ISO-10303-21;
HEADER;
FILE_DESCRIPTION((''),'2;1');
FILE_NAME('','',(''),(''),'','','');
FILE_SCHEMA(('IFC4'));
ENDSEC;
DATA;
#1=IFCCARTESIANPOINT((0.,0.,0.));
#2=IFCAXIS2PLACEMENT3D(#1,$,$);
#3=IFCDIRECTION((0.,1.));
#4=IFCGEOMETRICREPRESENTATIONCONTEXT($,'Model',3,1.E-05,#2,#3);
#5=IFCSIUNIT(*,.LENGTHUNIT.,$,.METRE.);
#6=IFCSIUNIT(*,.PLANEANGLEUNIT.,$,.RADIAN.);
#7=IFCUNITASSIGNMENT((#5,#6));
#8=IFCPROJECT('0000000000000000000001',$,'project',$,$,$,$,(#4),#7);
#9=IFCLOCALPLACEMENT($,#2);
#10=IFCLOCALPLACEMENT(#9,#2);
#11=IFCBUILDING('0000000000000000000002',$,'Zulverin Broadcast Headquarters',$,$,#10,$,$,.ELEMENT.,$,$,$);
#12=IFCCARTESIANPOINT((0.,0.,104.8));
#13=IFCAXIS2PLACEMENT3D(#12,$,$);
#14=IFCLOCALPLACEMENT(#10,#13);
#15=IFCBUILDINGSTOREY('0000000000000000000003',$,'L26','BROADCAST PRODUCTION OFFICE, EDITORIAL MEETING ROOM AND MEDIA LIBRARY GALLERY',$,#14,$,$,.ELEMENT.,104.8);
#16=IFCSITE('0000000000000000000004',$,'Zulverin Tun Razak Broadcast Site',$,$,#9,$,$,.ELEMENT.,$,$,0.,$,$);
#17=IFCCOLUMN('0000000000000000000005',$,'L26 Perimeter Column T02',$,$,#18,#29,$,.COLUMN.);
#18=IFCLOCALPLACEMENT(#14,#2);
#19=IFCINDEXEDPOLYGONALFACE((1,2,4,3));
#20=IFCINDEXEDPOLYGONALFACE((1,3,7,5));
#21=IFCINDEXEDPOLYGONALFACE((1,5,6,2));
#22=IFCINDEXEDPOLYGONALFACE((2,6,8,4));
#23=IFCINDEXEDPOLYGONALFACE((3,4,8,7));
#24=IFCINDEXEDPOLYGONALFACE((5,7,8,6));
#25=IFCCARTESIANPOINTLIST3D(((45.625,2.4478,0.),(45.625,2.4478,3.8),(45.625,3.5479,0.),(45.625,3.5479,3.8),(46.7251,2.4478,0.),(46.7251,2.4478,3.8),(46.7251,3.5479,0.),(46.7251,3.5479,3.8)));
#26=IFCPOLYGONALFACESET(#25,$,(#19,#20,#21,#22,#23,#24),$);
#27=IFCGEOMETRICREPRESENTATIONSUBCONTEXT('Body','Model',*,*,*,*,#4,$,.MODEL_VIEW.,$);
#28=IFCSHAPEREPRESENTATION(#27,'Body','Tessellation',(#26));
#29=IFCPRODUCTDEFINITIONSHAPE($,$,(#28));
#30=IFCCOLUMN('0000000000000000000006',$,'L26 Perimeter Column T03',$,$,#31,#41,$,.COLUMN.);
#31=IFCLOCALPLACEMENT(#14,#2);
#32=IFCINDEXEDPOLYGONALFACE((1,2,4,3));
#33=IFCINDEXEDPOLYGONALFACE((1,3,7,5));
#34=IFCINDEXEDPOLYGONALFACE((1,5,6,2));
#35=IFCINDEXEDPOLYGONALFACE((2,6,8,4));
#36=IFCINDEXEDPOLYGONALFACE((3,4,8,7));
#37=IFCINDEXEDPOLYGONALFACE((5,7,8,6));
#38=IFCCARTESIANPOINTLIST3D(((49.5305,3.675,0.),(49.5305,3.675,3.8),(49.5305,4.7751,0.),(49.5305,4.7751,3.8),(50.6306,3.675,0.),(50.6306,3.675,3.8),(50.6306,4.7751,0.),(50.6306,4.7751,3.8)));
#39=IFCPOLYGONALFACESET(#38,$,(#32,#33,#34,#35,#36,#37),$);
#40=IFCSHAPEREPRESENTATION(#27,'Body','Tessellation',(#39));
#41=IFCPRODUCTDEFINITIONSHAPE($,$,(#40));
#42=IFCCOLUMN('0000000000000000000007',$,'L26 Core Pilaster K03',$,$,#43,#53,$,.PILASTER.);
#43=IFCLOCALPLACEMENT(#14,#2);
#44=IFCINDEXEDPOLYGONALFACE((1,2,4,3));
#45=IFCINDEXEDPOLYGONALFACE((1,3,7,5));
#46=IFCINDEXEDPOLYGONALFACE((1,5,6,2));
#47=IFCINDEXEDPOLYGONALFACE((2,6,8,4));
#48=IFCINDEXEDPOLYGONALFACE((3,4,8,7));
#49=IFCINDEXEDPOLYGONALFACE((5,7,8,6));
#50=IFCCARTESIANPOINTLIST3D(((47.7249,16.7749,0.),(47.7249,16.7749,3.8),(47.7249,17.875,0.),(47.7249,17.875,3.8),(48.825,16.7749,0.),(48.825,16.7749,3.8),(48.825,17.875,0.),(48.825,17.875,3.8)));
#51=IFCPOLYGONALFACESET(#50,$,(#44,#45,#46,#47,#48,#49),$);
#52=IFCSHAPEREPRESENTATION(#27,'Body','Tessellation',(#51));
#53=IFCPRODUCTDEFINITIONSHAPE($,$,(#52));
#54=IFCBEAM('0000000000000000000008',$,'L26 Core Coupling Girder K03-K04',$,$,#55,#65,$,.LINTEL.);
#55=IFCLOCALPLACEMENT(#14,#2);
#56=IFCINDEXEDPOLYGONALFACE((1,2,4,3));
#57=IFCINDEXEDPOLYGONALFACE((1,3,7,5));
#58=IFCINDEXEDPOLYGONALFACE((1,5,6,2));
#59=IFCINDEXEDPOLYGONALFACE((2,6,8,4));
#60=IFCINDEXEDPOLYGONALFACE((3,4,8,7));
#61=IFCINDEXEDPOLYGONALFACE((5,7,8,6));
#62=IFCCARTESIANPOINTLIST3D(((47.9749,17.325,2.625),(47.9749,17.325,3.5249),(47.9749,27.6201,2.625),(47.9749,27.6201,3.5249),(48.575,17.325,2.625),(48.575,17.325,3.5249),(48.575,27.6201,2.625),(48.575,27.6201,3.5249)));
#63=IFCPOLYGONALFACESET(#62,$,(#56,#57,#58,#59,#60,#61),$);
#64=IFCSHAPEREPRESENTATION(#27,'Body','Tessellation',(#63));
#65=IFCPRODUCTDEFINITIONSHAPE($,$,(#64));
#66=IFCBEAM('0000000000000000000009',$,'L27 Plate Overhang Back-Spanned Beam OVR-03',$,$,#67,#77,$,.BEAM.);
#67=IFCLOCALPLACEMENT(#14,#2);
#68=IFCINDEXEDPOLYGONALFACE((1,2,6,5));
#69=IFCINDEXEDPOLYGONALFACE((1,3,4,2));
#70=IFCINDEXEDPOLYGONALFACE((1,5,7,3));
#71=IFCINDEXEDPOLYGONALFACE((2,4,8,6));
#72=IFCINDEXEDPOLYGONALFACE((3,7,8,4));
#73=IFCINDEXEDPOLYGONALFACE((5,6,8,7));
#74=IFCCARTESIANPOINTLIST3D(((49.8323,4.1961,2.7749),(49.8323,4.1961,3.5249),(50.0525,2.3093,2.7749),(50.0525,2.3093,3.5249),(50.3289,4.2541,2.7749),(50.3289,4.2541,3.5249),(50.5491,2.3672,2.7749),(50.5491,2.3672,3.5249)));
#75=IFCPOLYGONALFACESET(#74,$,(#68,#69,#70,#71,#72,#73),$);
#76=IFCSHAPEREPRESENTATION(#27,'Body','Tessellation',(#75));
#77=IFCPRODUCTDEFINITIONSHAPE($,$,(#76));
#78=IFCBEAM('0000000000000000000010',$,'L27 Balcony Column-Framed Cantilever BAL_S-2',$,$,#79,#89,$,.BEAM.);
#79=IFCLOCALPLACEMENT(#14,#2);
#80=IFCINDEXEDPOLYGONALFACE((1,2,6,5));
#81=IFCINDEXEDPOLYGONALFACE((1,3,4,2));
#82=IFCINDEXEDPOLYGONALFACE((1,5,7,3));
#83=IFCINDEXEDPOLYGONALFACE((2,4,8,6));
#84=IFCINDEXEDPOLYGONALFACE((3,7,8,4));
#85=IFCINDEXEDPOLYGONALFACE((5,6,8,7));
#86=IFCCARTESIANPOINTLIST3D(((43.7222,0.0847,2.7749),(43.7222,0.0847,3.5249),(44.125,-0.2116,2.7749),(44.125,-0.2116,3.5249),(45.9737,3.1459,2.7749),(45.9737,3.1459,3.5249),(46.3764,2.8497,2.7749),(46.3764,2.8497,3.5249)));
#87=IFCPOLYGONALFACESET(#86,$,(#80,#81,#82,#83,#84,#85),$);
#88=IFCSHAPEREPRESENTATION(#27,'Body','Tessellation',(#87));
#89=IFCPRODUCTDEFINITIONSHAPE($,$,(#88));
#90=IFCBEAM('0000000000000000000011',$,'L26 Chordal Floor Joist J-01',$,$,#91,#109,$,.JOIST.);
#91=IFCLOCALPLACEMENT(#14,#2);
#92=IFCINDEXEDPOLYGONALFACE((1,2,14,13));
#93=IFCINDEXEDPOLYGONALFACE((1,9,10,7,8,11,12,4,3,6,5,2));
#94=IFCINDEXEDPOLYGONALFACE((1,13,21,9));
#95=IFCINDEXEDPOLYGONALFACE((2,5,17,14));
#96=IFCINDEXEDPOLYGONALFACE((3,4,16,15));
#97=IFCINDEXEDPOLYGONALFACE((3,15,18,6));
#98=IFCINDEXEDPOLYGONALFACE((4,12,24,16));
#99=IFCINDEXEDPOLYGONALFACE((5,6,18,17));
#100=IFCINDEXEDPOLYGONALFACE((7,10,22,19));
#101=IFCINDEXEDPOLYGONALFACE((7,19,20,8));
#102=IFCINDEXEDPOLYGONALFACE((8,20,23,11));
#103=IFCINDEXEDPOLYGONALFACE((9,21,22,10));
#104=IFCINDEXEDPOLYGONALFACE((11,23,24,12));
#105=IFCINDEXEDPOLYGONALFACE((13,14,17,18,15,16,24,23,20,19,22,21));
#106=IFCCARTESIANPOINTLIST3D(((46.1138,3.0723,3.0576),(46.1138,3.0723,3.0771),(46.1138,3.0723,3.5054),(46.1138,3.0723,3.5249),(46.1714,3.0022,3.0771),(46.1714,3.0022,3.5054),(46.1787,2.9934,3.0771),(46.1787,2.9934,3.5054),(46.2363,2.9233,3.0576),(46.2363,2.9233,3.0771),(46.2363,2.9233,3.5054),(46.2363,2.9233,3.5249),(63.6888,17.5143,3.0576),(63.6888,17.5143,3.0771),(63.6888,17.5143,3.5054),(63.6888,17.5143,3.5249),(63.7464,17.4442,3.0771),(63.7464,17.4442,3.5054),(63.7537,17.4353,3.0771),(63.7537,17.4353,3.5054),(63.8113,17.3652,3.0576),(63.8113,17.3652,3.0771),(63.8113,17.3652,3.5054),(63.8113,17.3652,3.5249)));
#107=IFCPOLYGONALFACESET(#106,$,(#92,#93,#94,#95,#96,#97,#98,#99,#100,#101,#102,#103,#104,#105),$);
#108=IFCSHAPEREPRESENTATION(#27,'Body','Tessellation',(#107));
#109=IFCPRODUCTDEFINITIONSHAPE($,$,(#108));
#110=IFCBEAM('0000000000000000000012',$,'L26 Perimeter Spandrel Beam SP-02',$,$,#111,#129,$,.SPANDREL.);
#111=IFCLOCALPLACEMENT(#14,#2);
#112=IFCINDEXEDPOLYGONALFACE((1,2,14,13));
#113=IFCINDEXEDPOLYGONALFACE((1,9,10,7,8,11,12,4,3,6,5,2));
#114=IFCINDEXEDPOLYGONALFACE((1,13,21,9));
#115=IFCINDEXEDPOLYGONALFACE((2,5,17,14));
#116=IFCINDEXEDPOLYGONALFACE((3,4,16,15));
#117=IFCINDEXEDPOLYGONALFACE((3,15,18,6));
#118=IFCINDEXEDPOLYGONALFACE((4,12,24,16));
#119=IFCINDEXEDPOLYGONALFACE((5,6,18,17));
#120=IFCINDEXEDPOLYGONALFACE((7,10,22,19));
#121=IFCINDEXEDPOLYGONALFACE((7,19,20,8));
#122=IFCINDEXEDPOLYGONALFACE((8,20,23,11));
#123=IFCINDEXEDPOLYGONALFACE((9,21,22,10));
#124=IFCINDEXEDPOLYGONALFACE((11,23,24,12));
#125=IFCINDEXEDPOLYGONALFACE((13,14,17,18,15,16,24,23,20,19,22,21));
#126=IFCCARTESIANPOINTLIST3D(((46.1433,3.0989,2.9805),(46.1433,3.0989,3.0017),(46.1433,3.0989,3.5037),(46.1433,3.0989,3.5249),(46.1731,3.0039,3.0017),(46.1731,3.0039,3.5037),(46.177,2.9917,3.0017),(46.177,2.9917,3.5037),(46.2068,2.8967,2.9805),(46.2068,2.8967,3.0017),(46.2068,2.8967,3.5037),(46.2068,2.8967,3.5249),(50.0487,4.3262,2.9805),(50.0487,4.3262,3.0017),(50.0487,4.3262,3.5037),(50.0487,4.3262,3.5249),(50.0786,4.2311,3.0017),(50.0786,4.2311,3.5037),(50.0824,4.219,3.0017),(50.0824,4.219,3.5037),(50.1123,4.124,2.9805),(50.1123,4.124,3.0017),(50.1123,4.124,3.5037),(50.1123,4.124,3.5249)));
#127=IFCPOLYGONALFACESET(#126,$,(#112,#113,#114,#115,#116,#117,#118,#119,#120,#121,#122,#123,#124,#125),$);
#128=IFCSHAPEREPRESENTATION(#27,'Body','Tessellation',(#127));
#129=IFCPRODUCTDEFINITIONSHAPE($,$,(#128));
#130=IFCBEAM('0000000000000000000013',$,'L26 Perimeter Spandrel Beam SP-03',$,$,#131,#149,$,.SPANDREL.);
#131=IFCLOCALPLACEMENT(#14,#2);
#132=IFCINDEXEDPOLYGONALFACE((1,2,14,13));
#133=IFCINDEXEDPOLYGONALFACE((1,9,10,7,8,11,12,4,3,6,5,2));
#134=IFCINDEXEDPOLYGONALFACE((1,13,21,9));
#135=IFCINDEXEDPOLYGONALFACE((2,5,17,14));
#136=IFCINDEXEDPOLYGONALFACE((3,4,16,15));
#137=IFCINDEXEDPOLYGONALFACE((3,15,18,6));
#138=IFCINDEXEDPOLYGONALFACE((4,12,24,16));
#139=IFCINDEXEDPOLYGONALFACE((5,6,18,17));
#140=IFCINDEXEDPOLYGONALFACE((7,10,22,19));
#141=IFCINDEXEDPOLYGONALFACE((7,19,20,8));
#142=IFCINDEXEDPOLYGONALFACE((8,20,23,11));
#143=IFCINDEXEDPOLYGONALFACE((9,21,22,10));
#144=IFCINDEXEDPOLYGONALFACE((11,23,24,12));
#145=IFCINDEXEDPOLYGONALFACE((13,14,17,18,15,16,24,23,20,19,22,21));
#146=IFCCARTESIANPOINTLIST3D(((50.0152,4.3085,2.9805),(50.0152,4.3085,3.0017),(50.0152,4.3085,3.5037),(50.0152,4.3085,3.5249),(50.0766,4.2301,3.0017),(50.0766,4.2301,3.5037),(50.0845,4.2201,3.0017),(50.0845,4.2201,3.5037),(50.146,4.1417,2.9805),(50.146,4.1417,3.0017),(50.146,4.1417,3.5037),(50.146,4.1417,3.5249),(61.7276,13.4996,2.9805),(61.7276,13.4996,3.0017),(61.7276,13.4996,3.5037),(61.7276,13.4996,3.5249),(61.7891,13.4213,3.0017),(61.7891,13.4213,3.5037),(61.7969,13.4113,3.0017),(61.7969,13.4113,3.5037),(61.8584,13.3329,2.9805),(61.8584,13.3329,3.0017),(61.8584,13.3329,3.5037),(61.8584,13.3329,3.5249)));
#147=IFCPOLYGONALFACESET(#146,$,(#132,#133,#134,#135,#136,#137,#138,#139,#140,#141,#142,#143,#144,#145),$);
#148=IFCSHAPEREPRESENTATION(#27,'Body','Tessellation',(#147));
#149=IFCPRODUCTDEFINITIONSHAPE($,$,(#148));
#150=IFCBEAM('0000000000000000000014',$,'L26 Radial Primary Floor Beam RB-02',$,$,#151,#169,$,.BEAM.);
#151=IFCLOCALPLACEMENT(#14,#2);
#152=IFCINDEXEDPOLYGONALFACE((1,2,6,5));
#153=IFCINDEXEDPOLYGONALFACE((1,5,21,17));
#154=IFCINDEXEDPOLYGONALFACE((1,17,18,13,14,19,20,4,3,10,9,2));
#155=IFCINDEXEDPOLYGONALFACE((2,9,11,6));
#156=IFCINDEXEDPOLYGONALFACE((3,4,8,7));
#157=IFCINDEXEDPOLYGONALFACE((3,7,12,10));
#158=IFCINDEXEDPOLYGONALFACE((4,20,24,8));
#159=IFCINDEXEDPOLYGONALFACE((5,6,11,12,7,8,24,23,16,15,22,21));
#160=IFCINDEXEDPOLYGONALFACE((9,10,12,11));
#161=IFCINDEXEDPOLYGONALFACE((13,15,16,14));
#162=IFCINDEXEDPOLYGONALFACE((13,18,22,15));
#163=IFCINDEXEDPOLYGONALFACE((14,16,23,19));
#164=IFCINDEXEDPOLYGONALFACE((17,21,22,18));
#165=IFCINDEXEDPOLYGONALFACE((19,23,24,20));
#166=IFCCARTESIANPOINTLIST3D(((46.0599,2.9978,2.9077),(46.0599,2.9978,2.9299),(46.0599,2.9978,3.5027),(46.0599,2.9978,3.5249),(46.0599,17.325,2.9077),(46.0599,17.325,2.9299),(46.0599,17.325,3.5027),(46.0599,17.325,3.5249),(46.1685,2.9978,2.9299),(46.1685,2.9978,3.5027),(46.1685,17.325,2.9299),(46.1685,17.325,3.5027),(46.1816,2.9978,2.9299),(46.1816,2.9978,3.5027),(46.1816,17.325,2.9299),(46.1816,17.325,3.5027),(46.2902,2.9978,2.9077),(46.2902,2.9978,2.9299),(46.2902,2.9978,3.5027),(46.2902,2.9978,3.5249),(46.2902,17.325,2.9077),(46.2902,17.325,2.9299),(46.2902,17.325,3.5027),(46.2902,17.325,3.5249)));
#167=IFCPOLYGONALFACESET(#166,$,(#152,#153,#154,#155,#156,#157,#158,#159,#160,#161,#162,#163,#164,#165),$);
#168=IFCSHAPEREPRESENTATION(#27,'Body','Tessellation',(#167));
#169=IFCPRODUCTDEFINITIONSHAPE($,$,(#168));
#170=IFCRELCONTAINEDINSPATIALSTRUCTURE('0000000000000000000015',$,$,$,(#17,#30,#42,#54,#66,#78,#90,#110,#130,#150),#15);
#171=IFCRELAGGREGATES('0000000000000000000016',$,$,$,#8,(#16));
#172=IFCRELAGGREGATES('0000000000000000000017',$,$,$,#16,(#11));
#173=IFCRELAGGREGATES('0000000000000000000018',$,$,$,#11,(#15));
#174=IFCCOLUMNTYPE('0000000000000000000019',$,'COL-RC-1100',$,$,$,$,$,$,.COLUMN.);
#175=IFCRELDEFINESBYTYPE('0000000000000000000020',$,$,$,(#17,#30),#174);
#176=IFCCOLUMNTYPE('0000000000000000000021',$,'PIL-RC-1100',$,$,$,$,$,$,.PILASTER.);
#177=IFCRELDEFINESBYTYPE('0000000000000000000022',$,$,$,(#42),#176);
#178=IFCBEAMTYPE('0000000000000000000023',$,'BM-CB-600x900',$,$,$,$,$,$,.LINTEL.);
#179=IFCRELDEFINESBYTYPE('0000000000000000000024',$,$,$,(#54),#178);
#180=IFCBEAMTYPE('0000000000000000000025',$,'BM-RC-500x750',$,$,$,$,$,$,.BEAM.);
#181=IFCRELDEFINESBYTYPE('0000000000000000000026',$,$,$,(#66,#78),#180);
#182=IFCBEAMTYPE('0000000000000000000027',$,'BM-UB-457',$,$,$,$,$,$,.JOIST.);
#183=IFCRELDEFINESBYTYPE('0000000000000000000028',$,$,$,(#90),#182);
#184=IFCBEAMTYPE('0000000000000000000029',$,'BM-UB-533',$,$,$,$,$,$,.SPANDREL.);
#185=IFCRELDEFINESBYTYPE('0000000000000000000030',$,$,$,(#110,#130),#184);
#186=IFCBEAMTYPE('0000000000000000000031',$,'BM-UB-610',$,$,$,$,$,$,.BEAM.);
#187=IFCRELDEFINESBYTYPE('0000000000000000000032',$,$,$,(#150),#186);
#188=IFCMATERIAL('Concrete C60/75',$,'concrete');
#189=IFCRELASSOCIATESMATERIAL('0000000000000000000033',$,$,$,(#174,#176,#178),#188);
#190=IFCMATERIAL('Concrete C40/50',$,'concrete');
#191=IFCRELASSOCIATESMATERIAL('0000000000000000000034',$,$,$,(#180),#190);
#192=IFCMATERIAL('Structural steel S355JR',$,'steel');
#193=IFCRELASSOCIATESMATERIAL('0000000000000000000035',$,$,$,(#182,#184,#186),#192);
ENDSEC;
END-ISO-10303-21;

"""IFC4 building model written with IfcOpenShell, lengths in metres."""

from ifc_helpers import new_model, si_unit, direction, frame, origin, origin_2d, place, context, subcontext, project, spatial, rectangle, i_section, extrude, material, material_profile, profile_set, type_object, element, save


model = new_model("IFC4")

# Units and contexts
model_context = context("Model", 3, precision=1e-05, world=origin(), true_north=direction((0.0, 1.0)))
body_context = subcontext(model_context, "Body", "Model", "MODEL_VIEW")
ifc_project = project(units=[si_unit("LENGTHUNIT", "METRE"), si_unit("PLANEANGLEUNIT", "RADIAN")], contexts=[model_context])

# Site, building, storey
site_placement = place(None, origin())
site = spatial("IfcSite", under=ifc_project, at=site_placement, Name="Zulverin Tun Razak Broadcast Site", CompositionType="ELEMENT", RefElevation=0.0)
building_placement = place(site_placement, origin())
building = spatial("IfcBuilding", under=site, at=building_placement, Name="Zulverin Broadcast Headquarters", CompositionType="ELEMENT")
storey_placement = place(building_placement, frame((0.0, 0.0, 104.8)))
storey = spatial("IfcBuildingStorey", under=building, at=storey_placement, Name="L26", Description="BROADCAST PRODUCTION OFFICE, EDITORIAL MEETING ROOM AND MEDIA LIBRARY GALLERY", CompositionType="ELEMENT", Elevation=104.8)

# Columns
ifc_material_1 = material(Name="Concrete C60/75", Category="concrete")
ifc_material_profile_1 = material_profile(ifc_material_1, rectangle(XDim=1.1001, YDim=1.1001, at=origin_2d()), Name="Concrete C60/75", Category="concrete")
ifc_profile_set_1 = profile_set([ifc_material_profile_1], Name="Concrete C60/75")
column_type_1 = type_object("IfcColumnType", Name="COL-RC-1100", PredefinedType="COLUMN", material=ifc_profile_set_1)
for number, where, z_axis, x_axis, name in (
    (1, (46.175, 2.9978, 0.0), (0.0, 0.0, 1.0), (1.0, 0.0, 0.0), "L26 Perimeter Column T02"),
    (2, (50.0806, 4.2251, 0.0), (0.0, 0.0, 1.0), (1.0, 0.0, 0.0), "L26 Perimeter Column T03"),
):
    element("IfcColumn", number, at=place(storey_placement, frame(where, z_axis=z_axis, x_axis=x_axis)), inside=storey, type_object=column_type_1, Name=name, PredefinedType="COLUMN", context=body_context, shape_type="SweptSolid", body=[
        extrude(rectangle(XDim=1.1001, YDim=1.1001, at=origin_2d()), origin(), (0.0, 0.0, 1.0), 3.8),
    ])
ifc_material_profile_2 = material_profile(ifc_material_1, rectangle(XDim=1.1001, YDim=1.1001, at=origin_2d()), Name="Concrete C60/75", Category="concrete")
ifc_profile_set_2 = profile_set([ifc_material_profile_2], Name="Concrete C60/75")
column_type_2 = type_object("IfcColumnType", Name="PIL-RC-1100", PredefinedType="PILASTER", material=ifc_profile_set_2)
column_placement = place(storey_placement, frame((48.2749, 17.325, 0.0), z_axis=(0.0, 0.0, 1.0), x_axis=(1.0, 0.0, 0.0)))
element("IfcColumn", 3, at=column_placement, inside=storey, type_object=column_type_2, Name="L26 Core Pilaster K03", PredefinedType="PILASTER", context=body_context, shape_type="SweptSolid", body=[
    extrude(rectangle(XDim=1.1001, YDim=1.1001, at=origin_2d()), origin(), (0.0, 0.0, 1.0), 3.8),
])

# Beams
ifc_material_profile_3 = material_profile(ifc_material_1, rectangle(XDim=0.6001, YDim=0.8999, at=origin_2d()), Name="Concrete C60/75", Category="concrete")
ifc_profile_set_3 = profile_set([ifc_material_profile_3], Name="Concrete C60/75")
beam_type_1 = type_object("IfcBeamType", Name="BM-CB-600x900", PredefinedType="LINTEL", material=ifc_profile_set_3)
beam_1_placement = place(storey_placement, frame((48.2749, 17.325, 3.075), z_axis=(0.0, 1.0, 0.0), x_axis=(-1.0, 0.0, 0.0)))
element("IfcBeam", 4, at=beam_1_placement, inside=storey, type_object=beam_type_1, Name="L26 Core Coupling Girder K03-K04", PredefinedType="LINTEL", context=body_context, shape_type="SweptSolid", body=[
    extrude(rectangle(XDim=0.6001, YDim=0.8999, at=origin_2d()), origin(), (0.0, 0.0, 1.0), 10.2952),
])
ifc_material_2 = material(Name="Concrete C40/50", Category="concrete")
ifc_material_profile_4 = material_profile(ifc_material_2, rectangle(XDim=0.5, YDim=0.75, at=origin_2d()), Name="Concrete C40/50", Category="concrete")
ifc_profile_set_4 = profile_set([ifc_material_profile_4], Name="Concrete C40/50")
beam_type_2 = type_object("IfcBeamType", Name="BM-RC-500x750", PredefinedType="BEAM", material=ifc_profile_set_4)
beam_2_placement = place(storey_placement, frame((50.0806, 4.2251, 3.1499), z_axis=(0.115917, -0.993259, 0.0), x_axis=(0.993259, 0.115917, 0.0)))
element("IfcBeam", 5, at=beam_2_placement, inside=storey, type_object=beam_type_2, Name="L27 Plate Overhang Back-Spanned Beam OVR-03", PredefinedType="BEAM", context=body_context, shape_type="SweptSolid", body=[
    extrude(rectangle(XDim=0.5, YDim=0.75, at=origin_2d()), origin(), (0.0, 0.0, 1.0), 1.8997),
])
beam_3_placement = place(storey_placement, frame((46.175, 2.9978, 3.1499), z_axis=(-0.59248, -0.805585, 0.0), x_axis=(0.805585, -0.59248, 0.0)))
element("IfcBeam", 6, at=beam_3_placement, inside=storey, type_object=beam_type_2, Name="L27 Balcony Column-Framed Cantilever BAL_S-2", PredefinedType="BEAM", context=body_context, shape_type="SweptSolid", body=[
    extrude(rectangle(XDim=0.5, YDim=0.75, at=origin_2d()), origin(), (0.0, 0.0, 1.0), 3.8),
])
ifc_material_3 = material(Name="Structural steel S355JR", Category="steel")
ifc_material_profile_5 = material_profile(ifc_material_3, i_section(OverallWidth=0.1929, OverallDepth=0.4673, WebThickness=0.0115, FlangeThickness=0.0195, at=origin_2d()), Name="Structural steel S355JR", Category="steel")
ifc_profile_set_5 = profile_set([ifc_material_profile_5], Name="Structural steel S355JR")
beam_type_3 = type_object("IfcBeamType", Name="BM-UB-457", PredefinedType="JOIST", material=ifc_profile_set_5)
beam_4_placement = place(storey_placement, frame((46.175, 2.9978, 3.2913), z_axis=(0.772611, 0.634879, 0.0), x_axis=(-0.634879, 0.772611, 0.0)))
element("IfcBeam", 7, at=beam_4_placement, inside=storey, type_object=beam_type_3, Name="L26 Chordal Floor Joist J-01", PredefinedType="JOIST", context=body_context, shape_type="SweptSolid", body=[
    extrude(i_section(OverallWidth=0.1929, OverallDepth=0.4673, WebThickness=0.0115, FlangeThickness=0.0195, at=origin_2d()), origin(), (0.0, 0.0, 1.0), 22.7476),
])
ifc_material_profile_6 = material_profile(ifc_material_3, i_section(OverallWidth=0.2119, OverallDepth=0.5444, WebThickness=0.0127, FlangeThickness=0.0212, at=origin_2d()), Name="Structural steel S355JR", Category="steel")
ifc_profile_set_6 = profile_set([ifc_material_profile_6], Name="Structural steel S355JR")
beam_type_4 = type_object("IfcBeamType", Name="BM-UB-533", PredefinedType="SPANDREL", material=ifc_profile_set_6)
beam_5_placement = place(storey_placement, frame((46.175, 2.9978, 3.2527), z_axis=(0.954004, 0.299792, 0.0), x_axis=(-0.299792, 0.954004, 0.0)))
element("IfcBeam", 8, at=beam_5_placement, inside=storey, type_object=beam_type_4, Name="L26 Perimeter Spandrel Beam SP-02", PredefinedType="SPANDREL", context=body_context, shape_type="SweptSolid", body=[
    extrude(i_section(OverallWidth=0.2119, OverallDepth=0.5444, WebThickness=0.0127, FlangeThickness=0.0212, at=origin_2d()), origin(), (0.0, 0.0, 1.0), 4.0938),
])
beam_6_placement = place(storey_placement, frame((50.0806, 4.2251, 3.2527), z_axis=(0.786691, 0.617346, 0.0), x_axis=(-0.617346, 0.786691, 0.0)))
element("IfcBeam", 9, at=beam_6_placement, inside=storey, type_object=beam_type_4, Name="L26 Perimeter Spandrel Beam SP-03", PredefinedType="SPANDREL", context=body_context, shape_type="SweptSolid", body=[
    extrude(i_section(OverallWidth=0.2119, OverallDepth=0.5444, WebThickness=0.0127, FlangeThickness=0.0212, at=origin_2d()), origin(), (0.0, 0.0, 1.0), 14.8882),
])
ifc_material_profile_7 = material_profile(ifc_material_3, i_section(OverallWidth=0.2302, OverallDepth=0.6172, WebThickness=0.0132, FlangeThickness=0.0222, at=origin_2d()), Name="Structural steel S355JR", Category="steel")
ifc_profile_set_7 = profile_set([ifc_material_profile_7], Name="Structural steel S355JR")
beam_type_5 = type_object("IfcBeamType", Name="BM-UB-610", PredefinedType="BEAM", material=ifc_profile_set_7)
beam_7_placement = place(storey_placement, frame((46.175, 17.325, 3.2163), z_axis=(0.0, -1.0, 0.0), x_axis=(1.0, 0.0, 0.0)))
element("IfcBeam", 10, at=beam_7_placement, inside=storey, type_object=beam_type_5, Name="L26 Radial Primary Floor Beam RB-02", PredefinedType="BEAM", context=body_context, shape_type="SweptSolid", body=[
    extrude(i_section(OverallWidth=0.2302, OverallDepth=0.6172, WebThickness=0.0132, FlangeThickness=0.0222, at=origin_2d()), origin(), (0.0, 0.0, 1.0), 14.3271),
])

save(model, "model.ifc")
